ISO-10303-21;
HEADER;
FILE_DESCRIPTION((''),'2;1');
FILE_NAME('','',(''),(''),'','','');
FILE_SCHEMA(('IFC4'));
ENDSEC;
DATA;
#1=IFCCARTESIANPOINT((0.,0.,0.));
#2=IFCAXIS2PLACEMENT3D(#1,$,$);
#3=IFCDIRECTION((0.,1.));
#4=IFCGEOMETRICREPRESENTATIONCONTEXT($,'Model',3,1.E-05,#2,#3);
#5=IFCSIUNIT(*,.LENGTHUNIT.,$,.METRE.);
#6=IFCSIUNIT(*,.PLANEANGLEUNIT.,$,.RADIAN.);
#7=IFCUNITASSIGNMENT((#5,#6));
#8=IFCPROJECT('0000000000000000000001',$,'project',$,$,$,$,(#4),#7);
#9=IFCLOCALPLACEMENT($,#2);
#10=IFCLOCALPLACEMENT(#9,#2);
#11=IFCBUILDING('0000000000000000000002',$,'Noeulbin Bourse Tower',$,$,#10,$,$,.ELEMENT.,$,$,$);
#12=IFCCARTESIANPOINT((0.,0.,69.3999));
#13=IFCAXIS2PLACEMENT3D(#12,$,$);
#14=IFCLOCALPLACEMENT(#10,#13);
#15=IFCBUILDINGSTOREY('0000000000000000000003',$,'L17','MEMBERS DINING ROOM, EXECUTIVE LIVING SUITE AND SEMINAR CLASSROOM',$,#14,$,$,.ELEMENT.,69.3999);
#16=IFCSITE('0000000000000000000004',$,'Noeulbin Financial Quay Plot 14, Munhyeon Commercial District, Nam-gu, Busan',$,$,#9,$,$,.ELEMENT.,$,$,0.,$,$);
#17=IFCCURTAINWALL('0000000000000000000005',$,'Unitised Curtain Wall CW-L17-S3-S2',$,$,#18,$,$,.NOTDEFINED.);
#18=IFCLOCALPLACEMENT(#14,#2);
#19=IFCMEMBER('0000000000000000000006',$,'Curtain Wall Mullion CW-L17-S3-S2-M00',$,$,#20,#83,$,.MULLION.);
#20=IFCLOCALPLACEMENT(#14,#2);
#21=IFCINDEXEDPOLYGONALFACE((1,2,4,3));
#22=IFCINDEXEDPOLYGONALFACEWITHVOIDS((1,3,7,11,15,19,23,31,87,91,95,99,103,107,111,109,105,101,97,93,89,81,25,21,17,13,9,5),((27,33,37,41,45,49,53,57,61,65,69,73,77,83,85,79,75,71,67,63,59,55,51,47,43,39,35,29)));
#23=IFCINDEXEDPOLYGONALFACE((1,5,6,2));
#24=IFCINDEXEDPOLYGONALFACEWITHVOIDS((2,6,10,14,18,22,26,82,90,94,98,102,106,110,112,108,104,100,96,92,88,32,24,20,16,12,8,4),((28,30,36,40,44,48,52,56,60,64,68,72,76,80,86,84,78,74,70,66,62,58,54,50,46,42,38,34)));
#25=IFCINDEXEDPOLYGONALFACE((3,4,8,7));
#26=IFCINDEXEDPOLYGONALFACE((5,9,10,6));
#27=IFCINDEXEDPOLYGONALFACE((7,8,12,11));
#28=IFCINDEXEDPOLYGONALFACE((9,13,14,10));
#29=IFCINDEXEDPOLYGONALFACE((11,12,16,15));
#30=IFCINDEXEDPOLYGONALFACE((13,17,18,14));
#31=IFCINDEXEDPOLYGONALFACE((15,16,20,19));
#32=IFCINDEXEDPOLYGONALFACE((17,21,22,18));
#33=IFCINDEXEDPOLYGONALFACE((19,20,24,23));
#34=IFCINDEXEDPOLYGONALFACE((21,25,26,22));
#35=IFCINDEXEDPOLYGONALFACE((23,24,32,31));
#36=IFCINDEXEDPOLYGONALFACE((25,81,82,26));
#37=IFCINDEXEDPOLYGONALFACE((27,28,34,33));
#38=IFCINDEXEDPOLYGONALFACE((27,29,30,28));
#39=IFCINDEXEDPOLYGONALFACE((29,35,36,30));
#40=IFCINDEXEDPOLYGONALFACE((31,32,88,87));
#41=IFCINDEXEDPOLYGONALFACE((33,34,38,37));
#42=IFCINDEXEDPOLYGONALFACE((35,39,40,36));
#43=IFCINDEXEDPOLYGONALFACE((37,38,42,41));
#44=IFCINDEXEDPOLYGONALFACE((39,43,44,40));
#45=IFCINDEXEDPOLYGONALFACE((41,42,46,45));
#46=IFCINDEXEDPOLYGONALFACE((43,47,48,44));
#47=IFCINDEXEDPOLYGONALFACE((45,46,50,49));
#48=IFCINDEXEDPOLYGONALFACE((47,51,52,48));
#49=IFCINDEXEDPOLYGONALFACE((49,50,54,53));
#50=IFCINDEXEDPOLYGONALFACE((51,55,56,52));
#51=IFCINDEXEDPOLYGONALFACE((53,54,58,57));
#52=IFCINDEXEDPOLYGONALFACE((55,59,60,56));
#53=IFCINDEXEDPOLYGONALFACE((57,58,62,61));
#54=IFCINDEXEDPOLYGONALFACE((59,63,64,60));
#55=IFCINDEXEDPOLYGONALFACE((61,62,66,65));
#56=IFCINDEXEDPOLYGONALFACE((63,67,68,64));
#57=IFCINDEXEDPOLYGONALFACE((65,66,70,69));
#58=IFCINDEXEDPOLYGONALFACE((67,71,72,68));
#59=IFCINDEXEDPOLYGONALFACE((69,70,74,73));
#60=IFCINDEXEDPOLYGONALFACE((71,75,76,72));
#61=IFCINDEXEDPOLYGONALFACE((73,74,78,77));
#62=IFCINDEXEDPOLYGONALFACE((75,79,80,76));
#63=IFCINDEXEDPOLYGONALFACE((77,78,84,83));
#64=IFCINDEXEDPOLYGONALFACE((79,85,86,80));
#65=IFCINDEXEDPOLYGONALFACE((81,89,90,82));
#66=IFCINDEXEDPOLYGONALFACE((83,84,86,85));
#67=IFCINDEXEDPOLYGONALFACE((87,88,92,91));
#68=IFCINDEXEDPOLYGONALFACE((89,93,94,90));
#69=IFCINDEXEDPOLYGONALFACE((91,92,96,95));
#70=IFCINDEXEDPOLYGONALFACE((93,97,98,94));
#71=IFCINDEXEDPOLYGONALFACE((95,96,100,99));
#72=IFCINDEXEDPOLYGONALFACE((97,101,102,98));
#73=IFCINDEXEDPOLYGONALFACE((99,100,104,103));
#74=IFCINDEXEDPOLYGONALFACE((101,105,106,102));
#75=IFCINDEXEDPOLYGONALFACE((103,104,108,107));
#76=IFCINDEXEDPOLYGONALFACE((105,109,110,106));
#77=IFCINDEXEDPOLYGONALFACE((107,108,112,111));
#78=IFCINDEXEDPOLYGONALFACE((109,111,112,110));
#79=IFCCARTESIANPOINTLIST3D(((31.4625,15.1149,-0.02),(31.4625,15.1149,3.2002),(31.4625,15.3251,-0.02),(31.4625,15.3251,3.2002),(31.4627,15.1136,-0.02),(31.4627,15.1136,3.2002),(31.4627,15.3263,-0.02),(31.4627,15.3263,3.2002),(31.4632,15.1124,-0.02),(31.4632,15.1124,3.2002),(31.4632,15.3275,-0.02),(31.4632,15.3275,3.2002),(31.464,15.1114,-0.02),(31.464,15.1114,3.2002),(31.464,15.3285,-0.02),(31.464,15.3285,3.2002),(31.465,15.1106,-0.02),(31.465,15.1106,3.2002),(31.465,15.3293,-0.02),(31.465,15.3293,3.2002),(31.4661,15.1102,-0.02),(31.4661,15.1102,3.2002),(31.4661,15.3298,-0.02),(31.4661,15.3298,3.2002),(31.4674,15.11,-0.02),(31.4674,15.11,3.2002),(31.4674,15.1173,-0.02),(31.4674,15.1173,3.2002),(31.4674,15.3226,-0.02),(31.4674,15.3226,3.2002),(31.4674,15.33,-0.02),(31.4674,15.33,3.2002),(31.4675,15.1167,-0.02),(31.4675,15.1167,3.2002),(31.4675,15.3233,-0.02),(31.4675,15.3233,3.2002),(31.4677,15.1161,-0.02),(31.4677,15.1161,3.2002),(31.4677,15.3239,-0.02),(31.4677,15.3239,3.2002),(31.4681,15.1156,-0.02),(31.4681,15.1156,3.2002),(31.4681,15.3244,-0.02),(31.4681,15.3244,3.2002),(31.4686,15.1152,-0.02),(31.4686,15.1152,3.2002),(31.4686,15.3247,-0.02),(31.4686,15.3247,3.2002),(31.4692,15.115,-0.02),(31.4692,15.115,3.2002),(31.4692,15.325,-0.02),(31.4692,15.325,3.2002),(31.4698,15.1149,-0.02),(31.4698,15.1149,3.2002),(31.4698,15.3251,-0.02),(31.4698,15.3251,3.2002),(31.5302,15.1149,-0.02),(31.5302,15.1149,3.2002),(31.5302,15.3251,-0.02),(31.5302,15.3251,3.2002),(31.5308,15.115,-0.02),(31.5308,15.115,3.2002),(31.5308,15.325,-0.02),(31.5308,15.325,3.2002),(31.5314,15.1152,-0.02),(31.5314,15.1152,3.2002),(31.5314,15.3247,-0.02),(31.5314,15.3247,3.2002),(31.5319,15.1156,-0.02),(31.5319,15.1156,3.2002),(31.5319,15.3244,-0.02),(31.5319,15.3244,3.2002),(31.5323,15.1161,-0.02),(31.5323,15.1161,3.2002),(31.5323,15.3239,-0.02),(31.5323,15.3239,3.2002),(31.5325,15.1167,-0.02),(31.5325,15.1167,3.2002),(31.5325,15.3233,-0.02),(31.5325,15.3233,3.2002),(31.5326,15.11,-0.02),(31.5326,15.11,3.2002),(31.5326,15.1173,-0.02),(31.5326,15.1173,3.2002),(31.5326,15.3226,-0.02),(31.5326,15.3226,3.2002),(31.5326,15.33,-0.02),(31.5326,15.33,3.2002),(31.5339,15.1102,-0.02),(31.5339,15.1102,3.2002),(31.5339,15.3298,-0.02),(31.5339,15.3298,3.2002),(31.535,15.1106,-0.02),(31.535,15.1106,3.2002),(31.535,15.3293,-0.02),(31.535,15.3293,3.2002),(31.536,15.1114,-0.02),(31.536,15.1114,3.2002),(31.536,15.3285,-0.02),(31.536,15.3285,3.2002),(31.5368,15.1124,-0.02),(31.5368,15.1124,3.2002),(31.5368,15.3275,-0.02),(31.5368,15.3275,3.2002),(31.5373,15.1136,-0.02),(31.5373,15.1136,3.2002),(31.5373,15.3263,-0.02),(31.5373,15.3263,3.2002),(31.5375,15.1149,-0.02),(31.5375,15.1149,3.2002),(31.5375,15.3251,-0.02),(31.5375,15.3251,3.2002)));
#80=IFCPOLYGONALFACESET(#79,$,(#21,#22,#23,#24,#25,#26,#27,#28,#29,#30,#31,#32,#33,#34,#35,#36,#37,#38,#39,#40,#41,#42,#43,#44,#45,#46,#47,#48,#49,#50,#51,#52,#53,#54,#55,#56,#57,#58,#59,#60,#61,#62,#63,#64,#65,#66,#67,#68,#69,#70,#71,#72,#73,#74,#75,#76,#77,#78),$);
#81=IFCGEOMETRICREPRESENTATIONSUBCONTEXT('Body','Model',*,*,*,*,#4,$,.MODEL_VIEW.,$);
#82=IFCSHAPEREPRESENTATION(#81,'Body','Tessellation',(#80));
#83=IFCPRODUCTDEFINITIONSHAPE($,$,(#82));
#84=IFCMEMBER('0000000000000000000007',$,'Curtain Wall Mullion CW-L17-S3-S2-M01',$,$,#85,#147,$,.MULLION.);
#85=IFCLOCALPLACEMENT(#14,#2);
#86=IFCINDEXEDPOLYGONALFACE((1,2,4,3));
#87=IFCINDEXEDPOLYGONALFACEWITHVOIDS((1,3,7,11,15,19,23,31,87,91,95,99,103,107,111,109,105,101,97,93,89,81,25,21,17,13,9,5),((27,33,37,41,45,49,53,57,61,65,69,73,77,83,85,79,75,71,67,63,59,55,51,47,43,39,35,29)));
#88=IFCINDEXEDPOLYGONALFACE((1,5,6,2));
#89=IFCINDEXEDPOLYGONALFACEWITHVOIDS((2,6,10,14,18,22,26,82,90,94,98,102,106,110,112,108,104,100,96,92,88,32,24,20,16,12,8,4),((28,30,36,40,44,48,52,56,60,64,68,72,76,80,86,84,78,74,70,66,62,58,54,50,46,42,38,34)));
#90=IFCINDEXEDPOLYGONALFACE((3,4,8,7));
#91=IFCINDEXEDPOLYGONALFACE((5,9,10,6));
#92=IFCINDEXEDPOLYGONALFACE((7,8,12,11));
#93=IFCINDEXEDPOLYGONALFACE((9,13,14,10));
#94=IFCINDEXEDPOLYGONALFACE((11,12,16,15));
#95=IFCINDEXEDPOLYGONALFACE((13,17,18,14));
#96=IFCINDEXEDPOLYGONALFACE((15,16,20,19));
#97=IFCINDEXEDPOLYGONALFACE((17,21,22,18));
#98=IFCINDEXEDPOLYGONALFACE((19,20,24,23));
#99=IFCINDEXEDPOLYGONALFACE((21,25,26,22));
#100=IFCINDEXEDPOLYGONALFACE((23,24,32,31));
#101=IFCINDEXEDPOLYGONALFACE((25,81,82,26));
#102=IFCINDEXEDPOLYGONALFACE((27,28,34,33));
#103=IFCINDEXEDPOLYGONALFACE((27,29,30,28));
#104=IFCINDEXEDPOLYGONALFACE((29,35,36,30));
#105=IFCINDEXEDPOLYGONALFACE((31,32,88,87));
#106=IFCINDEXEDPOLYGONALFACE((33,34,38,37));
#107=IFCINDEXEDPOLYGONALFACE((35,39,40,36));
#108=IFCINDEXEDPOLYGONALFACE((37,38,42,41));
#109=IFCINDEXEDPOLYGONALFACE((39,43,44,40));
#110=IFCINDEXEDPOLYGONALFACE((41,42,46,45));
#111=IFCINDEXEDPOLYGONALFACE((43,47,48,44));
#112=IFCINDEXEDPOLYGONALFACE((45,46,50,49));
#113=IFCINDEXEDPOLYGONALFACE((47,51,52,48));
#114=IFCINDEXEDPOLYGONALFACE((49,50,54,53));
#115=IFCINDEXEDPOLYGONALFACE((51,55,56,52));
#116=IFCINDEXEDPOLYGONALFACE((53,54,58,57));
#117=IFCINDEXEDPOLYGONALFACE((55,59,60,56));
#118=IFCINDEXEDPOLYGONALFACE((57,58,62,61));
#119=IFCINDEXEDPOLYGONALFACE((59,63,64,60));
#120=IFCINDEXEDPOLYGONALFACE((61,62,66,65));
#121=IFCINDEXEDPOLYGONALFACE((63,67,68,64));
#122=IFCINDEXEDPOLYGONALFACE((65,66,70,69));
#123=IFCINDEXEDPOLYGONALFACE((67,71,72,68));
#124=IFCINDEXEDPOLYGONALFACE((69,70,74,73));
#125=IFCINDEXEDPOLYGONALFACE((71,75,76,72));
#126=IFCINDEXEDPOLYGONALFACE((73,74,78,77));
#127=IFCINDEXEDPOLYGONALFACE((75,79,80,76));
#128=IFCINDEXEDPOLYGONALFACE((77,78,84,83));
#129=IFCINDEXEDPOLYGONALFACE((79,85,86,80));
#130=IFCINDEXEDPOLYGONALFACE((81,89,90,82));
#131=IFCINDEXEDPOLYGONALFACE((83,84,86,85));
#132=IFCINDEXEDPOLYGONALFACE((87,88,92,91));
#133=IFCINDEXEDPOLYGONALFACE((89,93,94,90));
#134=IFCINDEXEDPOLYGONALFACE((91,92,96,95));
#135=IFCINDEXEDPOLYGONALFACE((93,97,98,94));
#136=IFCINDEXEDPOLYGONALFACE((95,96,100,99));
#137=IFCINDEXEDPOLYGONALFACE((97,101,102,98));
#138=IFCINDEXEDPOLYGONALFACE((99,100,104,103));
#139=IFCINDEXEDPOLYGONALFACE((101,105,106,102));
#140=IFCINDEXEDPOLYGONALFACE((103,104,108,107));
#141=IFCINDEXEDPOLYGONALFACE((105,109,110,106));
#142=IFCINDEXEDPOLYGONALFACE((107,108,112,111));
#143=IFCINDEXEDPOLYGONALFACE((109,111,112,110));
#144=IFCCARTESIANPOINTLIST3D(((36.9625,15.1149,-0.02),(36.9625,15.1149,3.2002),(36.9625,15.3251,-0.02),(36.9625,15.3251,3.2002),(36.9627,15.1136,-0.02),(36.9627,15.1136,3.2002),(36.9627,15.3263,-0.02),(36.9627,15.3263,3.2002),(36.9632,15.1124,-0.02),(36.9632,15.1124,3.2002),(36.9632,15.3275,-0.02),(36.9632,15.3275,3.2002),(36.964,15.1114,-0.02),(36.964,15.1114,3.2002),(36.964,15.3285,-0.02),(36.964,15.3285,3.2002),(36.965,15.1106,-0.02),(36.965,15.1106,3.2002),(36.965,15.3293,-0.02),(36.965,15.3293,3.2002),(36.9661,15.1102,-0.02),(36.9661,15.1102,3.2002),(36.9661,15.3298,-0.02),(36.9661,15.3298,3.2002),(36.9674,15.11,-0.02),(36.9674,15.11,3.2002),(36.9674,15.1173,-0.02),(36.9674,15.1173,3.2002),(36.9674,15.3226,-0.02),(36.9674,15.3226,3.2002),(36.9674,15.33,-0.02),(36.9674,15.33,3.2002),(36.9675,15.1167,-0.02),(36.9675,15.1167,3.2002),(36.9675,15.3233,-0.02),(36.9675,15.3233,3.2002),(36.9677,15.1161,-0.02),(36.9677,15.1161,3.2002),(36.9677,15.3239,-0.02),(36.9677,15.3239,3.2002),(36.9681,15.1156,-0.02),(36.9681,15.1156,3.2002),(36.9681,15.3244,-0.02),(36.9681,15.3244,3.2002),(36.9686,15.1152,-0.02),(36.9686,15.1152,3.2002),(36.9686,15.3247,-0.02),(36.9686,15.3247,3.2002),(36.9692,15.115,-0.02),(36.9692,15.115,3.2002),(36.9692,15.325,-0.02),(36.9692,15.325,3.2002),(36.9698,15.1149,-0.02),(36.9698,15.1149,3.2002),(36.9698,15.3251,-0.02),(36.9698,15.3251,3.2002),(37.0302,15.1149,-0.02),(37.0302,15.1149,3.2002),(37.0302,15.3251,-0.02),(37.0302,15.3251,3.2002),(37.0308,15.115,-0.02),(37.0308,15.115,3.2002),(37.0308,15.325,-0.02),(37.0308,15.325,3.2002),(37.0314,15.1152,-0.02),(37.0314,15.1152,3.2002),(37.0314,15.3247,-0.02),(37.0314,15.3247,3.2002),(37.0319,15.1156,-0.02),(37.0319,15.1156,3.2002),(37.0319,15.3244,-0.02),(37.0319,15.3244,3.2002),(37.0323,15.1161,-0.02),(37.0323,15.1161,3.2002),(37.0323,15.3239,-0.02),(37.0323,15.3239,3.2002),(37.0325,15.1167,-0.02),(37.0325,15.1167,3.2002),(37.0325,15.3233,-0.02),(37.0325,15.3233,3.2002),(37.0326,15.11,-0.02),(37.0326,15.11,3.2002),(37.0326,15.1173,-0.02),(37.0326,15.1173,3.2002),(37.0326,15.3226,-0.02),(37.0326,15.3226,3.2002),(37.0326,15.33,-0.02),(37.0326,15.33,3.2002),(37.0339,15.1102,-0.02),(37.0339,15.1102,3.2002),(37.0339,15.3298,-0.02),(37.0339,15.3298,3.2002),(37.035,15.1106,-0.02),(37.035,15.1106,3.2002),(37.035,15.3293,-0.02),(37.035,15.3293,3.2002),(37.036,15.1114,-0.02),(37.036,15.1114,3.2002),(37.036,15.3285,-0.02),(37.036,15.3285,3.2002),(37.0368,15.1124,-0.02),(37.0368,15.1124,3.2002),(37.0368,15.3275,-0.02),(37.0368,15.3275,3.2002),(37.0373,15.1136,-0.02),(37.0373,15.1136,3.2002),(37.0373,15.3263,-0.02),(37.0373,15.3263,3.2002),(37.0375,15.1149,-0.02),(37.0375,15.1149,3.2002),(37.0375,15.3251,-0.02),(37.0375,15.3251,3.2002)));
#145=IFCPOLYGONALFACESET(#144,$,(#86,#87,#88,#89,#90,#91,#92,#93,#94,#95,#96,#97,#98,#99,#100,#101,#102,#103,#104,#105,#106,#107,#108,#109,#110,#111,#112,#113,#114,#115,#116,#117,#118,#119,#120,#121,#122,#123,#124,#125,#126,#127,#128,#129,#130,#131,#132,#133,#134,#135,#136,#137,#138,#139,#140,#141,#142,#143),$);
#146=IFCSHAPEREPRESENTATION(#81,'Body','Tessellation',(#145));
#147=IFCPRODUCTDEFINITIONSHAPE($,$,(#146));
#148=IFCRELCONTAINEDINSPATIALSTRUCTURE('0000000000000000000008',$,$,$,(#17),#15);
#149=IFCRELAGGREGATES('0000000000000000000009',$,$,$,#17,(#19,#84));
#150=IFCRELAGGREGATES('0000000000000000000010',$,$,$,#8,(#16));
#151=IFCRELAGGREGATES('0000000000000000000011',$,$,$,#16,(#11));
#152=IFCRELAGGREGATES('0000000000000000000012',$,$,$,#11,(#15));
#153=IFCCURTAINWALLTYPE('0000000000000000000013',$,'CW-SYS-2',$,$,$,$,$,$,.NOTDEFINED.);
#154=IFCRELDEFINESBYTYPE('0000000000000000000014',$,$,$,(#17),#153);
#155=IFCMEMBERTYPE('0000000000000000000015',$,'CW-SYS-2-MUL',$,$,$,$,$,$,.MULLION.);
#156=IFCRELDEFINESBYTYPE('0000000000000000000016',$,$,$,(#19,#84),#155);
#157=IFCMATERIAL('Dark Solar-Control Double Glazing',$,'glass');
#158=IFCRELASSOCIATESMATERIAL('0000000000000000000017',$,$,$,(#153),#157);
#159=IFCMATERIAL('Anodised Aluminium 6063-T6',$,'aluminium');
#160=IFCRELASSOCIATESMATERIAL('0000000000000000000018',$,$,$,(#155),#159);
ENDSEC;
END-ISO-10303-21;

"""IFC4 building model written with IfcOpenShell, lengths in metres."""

from ifc_helpers import new_model, si_unit, direction, frame, origin, origin_2d, place, context, subcontext, project, spatial, hollow_rectangle, extrude, material, material_profile, profile_set, type_object, element, aggregate, save


model = new_model("IFC4")

# Units and contexts
model_context = context("Model", 3, precision=1e-05, world=origin(), true_north=direction((0.0, 1.0)))
body_context = subcontext(model_context, "Body", "Model", "MODEL_VIEW")
ifc_project = project(units=[si_unit("LENGTHUNIT", "METRE"), si_unit("PLANEANGLEUNIT", "RADIAN")], contexts=[model_context])

# Site, building, storey
site_placement = place(None, origin())
site = spatial("IfcSite", under=ifc_project, at=site_placement, Name="Noeulbin Financial Quay Plot 14, Munhyeon Commercial District, Nam-gu, Busan", CompositionType="ELEMENT", RefElevation=0.0)
building_placement = place(site_placement, origin())
building = spatial("IfcBuilding", under=site, at=building_placement, Name="Noeulbin Bourse Tower", CompositionType="ELEMENT")
storey_placement = place(building_placement, frame((0.0, 0.0, 69.3999)))
storey = spatial("IfcBuildingStorey", under=building, at=storey_placement, Name="L17", Description="MEMBERS DINING ROOM, EXECUTIVE LIVING SUITE AND SEMINAR CLASSROOM", CompositionType="ELEMENT", Elevation=69.3999)

# Curtain wall, members
ifc_material_1 = material(Name="Dark Solar-Control Double Glazing", Category="glass")
curtain_wall_type = type_object("IfcCurtainWallType", Name="CW-SYS-2", PredefinedType="NOTDEFINED", material=ifc_material_1)
ifc_material_2 = material(Name="Anodised Aluminium 6063-T6", Category="aluminium")
ifc_material_profile_1 = material_profile(ifc_material_2, hollow_rectangle(XDim=0.075, YDim=0.22, WallThickness=0.0049, InnerFilletRadius=0.0024, OuterFilletRadius=0.0049, at=origin_2d()), Name="ALU-MULL-75x220x5", Category="LoadBearing")
ifc_profile_set_1 = profile_set([ifc_material_profile_1], Name="Anodised Aluminium 6063-T6")
member_type_1 = type_object("IfcMemberType", Name="CW-SYS-2-MUL", PredefinedType="MULLION", material=ifc_profile_set_1)
curtain_wall_1_placement = place(storey_placement, origin())
curtain_wall_1 = element("IfcCurtainWall", 1, at=curtain_wall_1_placement, inside=storey, type_object=curtain_wall_type, Name="Unitised Curtain Wall CW-L17-S3-S2", PredefinedType="NOTDEFINED")
member_1_placement = place(storey_placement, frame((31.5, 15.22, -0.02), z_axis=(0.0, 0.0, 1.0), x_axis=(1.0, 0.0, 0.0)))
member_1 = element("IfcMember", 2, at=member_1_placement, type_object=member_type_1, Name="Curtain Wall Mullion CW-L17-S3-S2-M00", PredefinedType="MULLION", context=body_context, shape_type="SweptSolid", body=[
    extrude(hollow_rectangle(XDim=0.075, YDim=0.22, WallThickness=0.0049, InnerFilletRadius=0.0024, OuterFilletRadius=0.0049, at=origin_2d()), origin(), (0.0, 0.0, 1.0), 3.2202),
])
member_2_placement = place(storey_placement, frame((37.0, 15.22, -0.02), z_axis=(0.0, 0.0, 1.0), x_axis=(1.0, 0.0, 0.0)))
member_2 = element("IfcMember", 3, at=member_2_placement, type_object=member_type_1, Name="Curtain Wall Mullion CW-L17-S3-S2-M01", PredefinedType="MULLION", context=body_context, shape_type="SweptSolid", body=[
    extrude(hollow_rectangle(XDim=0.075, YDim=0.22, WallThickness=0.0049, InnerFilletRadius=0.0024, OuterFilletRadius=0.0049, at=origin_2d()), origin(), (0.0, 0.0, 1.0), 3.2202),
])

aggregate(curtain_wall_1, [member_1, member_2])

save(model, "model.ifc")
